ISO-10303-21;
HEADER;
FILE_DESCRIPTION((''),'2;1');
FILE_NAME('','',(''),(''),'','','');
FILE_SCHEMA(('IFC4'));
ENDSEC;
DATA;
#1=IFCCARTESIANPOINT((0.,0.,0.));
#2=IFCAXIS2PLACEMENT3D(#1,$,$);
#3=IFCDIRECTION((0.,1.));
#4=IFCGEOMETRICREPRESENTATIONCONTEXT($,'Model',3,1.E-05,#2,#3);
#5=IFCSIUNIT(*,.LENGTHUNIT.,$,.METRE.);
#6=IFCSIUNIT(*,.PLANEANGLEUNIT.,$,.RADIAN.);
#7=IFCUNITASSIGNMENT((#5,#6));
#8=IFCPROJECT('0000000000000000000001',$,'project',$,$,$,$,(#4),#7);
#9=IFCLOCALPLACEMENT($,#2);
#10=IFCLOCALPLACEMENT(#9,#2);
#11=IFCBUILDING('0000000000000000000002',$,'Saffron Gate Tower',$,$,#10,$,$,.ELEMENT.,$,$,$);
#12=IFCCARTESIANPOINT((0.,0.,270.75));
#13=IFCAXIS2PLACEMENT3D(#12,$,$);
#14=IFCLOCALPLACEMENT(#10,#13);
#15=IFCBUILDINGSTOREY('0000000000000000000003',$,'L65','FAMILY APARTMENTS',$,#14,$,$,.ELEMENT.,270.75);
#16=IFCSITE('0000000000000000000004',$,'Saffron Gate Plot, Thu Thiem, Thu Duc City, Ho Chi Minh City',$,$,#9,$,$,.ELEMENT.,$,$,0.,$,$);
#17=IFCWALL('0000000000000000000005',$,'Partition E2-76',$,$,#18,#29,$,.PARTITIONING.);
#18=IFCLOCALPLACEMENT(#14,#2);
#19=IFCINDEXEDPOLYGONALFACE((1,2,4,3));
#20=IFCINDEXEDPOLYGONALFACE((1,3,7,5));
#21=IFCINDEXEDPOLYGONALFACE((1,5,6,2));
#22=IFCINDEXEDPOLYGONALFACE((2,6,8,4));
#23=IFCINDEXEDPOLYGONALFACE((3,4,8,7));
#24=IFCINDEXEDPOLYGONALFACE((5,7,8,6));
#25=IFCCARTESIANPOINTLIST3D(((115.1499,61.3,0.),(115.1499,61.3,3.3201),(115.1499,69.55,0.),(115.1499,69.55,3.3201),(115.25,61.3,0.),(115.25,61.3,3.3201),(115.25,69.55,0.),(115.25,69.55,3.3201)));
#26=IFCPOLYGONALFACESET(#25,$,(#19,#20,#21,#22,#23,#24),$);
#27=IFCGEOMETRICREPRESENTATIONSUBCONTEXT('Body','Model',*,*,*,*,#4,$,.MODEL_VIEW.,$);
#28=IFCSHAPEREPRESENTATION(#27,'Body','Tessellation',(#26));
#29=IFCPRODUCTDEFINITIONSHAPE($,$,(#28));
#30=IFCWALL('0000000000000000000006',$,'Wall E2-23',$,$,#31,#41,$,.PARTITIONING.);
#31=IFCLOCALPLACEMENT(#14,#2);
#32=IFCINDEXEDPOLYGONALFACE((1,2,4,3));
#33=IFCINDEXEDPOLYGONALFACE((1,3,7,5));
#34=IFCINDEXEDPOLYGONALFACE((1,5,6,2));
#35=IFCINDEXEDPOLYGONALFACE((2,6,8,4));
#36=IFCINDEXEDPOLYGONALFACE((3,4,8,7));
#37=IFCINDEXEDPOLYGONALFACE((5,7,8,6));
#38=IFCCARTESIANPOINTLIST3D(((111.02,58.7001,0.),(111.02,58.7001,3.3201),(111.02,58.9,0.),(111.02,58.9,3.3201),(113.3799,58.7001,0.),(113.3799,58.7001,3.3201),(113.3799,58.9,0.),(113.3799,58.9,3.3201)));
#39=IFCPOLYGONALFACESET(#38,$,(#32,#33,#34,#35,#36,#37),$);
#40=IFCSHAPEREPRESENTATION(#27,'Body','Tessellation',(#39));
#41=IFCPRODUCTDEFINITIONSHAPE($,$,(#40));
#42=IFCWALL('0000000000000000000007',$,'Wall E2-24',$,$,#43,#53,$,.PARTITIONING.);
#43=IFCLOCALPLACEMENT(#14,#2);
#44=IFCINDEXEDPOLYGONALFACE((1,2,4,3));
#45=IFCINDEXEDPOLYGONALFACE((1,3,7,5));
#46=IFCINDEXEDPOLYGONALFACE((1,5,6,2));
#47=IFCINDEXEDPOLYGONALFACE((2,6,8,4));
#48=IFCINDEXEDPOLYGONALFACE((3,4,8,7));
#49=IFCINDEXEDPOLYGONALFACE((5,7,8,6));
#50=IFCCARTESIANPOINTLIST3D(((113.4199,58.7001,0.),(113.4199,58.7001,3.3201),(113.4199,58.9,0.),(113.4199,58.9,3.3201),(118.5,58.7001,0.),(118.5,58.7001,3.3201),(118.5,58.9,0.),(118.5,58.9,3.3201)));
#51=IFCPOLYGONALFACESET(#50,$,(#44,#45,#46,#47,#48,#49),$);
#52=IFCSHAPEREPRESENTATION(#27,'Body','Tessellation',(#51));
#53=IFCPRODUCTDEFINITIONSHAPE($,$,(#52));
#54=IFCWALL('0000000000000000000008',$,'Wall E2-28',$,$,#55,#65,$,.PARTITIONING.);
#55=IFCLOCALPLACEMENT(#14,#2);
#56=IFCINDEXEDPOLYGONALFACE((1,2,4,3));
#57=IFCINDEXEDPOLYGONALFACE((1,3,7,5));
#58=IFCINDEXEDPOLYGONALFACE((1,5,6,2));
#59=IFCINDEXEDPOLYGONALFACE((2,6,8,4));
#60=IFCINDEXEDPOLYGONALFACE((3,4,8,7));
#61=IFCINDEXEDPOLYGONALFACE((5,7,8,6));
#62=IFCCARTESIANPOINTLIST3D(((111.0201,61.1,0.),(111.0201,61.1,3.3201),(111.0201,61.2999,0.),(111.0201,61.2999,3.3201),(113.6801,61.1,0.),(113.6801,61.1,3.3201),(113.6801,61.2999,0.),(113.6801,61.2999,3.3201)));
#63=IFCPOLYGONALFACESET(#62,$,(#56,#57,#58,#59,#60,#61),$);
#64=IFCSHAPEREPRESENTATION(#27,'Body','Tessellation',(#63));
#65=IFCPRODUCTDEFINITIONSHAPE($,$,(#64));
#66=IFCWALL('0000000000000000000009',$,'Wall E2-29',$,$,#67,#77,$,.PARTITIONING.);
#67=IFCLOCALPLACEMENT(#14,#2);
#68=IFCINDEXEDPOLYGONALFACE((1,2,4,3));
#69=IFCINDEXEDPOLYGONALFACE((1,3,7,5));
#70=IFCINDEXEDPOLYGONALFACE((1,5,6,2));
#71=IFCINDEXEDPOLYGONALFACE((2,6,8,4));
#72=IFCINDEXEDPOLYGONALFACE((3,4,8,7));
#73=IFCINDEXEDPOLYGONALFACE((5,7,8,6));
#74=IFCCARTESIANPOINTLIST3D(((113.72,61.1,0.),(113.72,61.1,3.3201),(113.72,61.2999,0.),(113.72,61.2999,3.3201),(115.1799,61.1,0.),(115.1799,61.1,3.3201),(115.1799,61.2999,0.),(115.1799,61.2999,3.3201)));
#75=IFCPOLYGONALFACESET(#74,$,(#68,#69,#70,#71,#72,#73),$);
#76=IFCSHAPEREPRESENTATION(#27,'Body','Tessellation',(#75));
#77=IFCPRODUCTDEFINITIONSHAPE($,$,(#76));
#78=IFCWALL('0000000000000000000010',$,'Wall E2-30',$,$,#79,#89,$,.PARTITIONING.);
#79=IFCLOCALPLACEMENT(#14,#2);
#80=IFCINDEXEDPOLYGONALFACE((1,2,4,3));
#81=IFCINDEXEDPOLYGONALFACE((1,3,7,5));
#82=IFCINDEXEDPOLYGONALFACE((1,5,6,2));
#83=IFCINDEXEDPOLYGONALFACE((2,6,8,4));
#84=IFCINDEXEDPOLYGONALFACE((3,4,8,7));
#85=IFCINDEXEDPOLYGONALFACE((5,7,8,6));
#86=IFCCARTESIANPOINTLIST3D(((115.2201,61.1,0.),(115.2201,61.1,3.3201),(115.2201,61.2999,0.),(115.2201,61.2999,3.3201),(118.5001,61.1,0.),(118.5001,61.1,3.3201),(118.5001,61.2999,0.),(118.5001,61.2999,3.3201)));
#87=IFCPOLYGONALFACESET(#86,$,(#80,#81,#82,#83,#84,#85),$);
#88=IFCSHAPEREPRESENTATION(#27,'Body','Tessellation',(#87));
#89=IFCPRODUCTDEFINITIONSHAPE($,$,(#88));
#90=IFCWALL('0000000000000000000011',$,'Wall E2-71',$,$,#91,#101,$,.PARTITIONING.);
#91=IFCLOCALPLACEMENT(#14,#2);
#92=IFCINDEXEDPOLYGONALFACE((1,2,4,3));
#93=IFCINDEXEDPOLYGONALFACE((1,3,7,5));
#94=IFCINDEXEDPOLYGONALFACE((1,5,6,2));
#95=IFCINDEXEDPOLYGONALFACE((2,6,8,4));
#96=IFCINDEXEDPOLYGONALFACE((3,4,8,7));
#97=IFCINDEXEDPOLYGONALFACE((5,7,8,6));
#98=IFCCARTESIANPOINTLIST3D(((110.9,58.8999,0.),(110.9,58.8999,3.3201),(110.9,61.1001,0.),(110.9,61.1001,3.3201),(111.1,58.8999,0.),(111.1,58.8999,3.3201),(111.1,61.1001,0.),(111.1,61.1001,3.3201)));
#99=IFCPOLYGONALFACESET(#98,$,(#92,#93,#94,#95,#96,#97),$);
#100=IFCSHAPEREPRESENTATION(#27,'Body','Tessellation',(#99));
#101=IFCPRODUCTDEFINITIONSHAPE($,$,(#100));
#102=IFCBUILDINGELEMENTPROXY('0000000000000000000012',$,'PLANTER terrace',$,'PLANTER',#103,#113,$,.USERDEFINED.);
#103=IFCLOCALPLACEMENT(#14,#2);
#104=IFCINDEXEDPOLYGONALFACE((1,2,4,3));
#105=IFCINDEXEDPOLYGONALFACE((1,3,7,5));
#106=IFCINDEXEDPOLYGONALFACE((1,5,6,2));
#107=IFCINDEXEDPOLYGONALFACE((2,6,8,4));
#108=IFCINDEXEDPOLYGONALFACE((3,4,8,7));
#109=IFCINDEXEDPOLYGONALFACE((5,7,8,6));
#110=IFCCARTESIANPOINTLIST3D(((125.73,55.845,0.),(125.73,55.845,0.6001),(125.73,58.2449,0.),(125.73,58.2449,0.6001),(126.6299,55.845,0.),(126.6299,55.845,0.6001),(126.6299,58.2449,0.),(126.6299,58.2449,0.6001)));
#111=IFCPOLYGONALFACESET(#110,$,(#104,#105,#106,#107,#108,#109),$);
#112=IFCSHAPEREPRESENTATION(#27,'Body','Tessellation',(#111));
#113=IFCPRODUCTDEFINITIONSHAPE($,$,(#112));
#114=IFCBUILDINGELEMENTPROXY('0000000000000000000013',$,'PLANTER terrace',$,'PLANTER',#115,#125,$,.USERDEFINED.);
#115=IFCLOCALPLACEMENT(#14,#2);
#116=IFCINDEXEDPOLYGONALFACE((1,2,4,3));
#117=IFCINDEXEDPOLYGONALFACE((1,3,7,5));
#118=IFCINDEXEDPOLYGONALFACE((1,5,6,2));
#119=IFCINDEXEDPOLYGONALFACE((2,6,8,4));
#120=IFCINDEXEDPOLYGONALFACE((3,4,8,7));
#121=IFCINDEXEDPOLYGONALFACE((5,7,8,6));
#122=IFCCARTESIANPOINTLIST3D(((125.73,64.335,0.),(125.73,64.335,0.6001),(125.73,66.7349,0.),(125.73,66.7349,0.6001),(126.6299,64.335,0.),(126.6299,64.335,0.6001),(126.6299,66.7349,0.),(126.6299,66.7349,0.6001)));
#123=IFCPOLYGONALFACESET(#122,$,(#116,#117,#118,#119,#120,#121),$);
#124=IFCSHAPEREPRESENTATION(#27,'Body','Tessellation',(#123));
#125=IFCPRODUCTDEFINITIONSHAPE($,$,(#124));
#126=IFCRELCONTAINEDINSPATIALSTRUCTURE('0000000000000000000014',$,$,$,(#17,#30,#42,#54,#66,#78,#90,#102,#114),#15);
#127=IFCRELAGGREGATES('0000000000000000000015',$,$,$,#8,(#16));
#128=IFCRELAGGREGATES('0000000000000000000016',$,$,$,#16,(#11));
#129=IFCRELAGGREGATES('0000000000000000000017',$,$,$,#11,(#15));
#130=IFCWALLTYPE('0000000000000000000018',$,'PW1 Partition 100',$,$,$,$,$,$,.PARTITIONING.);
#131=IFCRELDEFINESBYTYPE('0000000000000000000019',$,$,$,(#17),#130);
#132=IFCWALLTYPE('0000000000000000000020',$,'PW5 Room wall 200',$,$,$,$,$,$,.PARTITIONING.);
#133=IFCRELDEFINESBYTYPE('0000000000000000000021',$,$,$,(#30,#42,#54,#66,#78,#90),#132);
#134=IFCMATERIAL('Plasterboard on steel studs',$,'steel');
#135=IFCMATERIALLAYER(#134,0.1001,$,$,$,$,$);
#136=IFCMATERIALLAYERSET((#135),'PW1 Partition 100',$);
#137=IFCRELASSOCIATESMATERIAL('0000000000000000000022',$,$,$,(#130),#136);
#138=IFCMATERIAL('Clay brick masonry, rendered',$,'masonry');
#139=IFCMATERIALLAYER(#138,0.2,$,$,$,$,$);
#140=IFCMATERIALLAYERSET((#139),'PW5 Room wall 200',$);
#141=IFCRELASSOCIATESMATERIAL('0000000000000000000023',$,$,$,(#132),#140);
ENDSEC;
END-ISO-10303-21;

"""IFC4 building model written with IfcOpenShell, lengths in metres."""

from ifc_helpers import new_model, si_unit, direction, frame, frame_2d, origin, origin_2d, place, context, subcontext, project, spatial, rectangle, extrude, material, layer, layer_set, type_object, element, save


model = new_model("IFC4")

# Units and contexts
model_context = context("Model", 3, precision=1e-05, world=origin(), true_north=direction((0.0, 1.0)))
body_context = subcontext(model_context, "Body", "Model", "MODEL_VIEW")
ifc_project = project(units=[si_unit("LENGTHUNIT", "METRE"), si_unit("PLANEANGLEUNIT", "RADIAN")], contexts=[model_context])

# Site, building, storey
site_placement = place(None, origin())
site = spatial("IfcSite", under=ifc_project, at=site_placement, Name="Saffron Gate Plot, Thu Thiem, Thu Duc City, Ho Chi Minh City", CompositionType="ELEMENT", RefElevation=0.0)
building_placement = place(site_placement, origin())
building = spatial("IfcBuilding", under=site, at=building_placement, Name="Saffron Gate Tower", CompositionType="ELEMENT")
storey_placement = place(building_placement, frame((0.0, 0.0, 270.75)))
storey = spatial("IfcBuildingStorey", under=building, at=storey_placement, Name="L65", Description="FAMILY APARTMENTS", CompositionType="ELEMENT", Elevation=270.75)

# Shared definitions
ifc_material_1 = material(Name="Plasterboard on steel studs", Category="steel")
ifc_layer_1 = layer(ifc_material_1, 0.1001)
ifc_layer_set_1 = layer_set([ifc_layer_1], Name="PW1 Partition 100")
wall_type_1 = type_object("IfcWallType", Name="PW1 Partition 100", PredefinedType="PARTITIONING", material=ifc_layer_set_1)

# Walls
wall_1_placement = place(storey_placement, frame((115.2, 69.55, 0.0), z_axis=(0.0, 0.0, 1.0), x_axis=(0.0, -1.0, 0.0)))
element("IfcWall", 1, at=wall_1_placement, inside=storey, type_object=wall_type_1, Name="Partition E2-76", PredefinedType="PARTITIONING", context=body_context, shape_type="SweptSolid", body=[
    extrude(rectangle(XDim=8.25, YDim=0.1001, at=frame_2d((4.125, 0.0))), origin(), (0.0, 0.0, 1.0), 3.3201),
])
ifc_material_2 = material(Name="Clay brick masonry, rendered", Category="masonry")
ifc_layer_2 = layer(ifc_material_2, 0.2)
ifc_layer_set_2 = layer_set([ifc_layer_2], Name="PW5 Room wall 200")
wall_type_2 = type_object("IfcWallType", Name="PW5 Room wall 200", PredefinedType="PARTITIONING", material=ifc_layer_set_2)
wall_2_placement = place(storey_placement, frame((111.02, 58.8, 0.0), z_axis=(0.0, 0.0, 1.0), x_axis=(1.0, 0.0, 0.0)))
element("IfcWall", 2, at=wall_2_placement, inside=storey, type_object=wall_type_2, Name="Wall E2-23", PredefinedType="PARTITIONING", context=body_context, shape_type="SweptSolid", body=[
    extrude(rectangle(XDim=2.3599, YDim=0.2, at=frame_2d((1.1799, 0.0))), origin(), (0.0, 0.0, 1.0), 3.3201),
])
wall_3_placement = place(storey_placement, frame((113.4199, 58.8, 0.0), z_axis=(0.0, 0.0, 1.0), x_axis=(1.0, 0.0, 0.0)))
element("IfcWall", 3, at=wall_3_placement, inside=storey, type_object=wall_type_2, Name="Wall E2-24", PredefinedType="PARTITIONING", context=body_context, shape_type="SweptSolid", body=[
    extrude(rectangle(XDim=5.0801, YDim=0.2, at=frame_2d((2.54, 0.0))), origin(), (0.0, 0.0, 1.0), 3.3201),
])
wall_4_placement = place(storey_placement, frame((111.02, 61.2, 0.0), z_axis=(0.0, 0.0, 1.0), x_axis=(1.0, 0.0, 0.0)))
element("IfcWall", 4, at=wall_4_placement, inside=storey, type_object=wall_type_2, Name="Wall E2-28", PredefinedType="PARTITIONING", context=body_context, shape_type="SweptSolid", body=[
    extrude(rectangle(XDim=2.6599, YDim=0.2, at=frame_2d((1.3301, 0.0))), origin(), (0.0, 0.0, 1.0), 3.3201),
])
wall_5_placement = place(storey_placement, frame((113.72, 61.2, 0.0), z_axis=(0.0, 0.0, 1.0), x_axis=(1.0, 0.0, 0.0)))
element("IfcWall", 5, at=wall_5_placement, inside=storey, type_object=wall_type_2, Name="Wall E2-29", PredefinedType="PARTITIONING", context=body_context, shape_type="SweptSolid", body=[
    extrude(rectangle(XDim=1.46, YDim=0.2, at=frame_2d((0.73, 0.0))), origin(), (0.0, 0.0, 1.0), 3.3201),
])
wall_6_placement = place(storey_placement, frame((115.22, 61.2, 0.0), z_axis=(0.0, 0.0, 1.0), x_axis=(1.0, 0.0, 0.0)))
element("IfcWall", 6, at=wall_6_placement, inside=storey, type_object=wall_type_2, Name="Wall E2-30", PredefinedType="PARTITIONING", context=body_context, shape_type="SweptSolid", body=[
    extrude(rectangle(XDim=3.28, YDim=0.2, at=frame_2d((1.6401, 0.0))), origin(), (0.0, 0.0, 1.0), 3.3201),
])
wall_7_placement = place(storey_placement, frame((111.0, 61.1001, 0.0), z_axis=(0.0, 0.0, 1.0), x_axis=(0.0, -1.0, 0.0)))
element("IfcWall", 7, at=wall_7_placement, inside=storey, type_object=wall_type_2, Name="Wall E2-71", PredefinedType="PARTITIONING", context=body_context, shape_type="SweptSolid", body=[
    extrude(rectangle(XDim=2.2002, YDim=0.2, at=frame_2d((1.1001, 0.0))), origin(), (0.0, 0.0, 1.0), 3.3201),
])

# Building element proxies
for number, where, z_axis, x_axis, name in (
    (8, (126.1799, 57.0449, 0.0), (0.0, 0.0, 1.0), (0.0, 1.0, 0.0), "PLANTER terrace"),
    (9, (126.1799, 65.5349, 0.0), (0.0, 0.0, 1.0), (0.0, 1.0, 0.0), "PLANTER terrace"),
):
    element("IfcBuildingElementProxy", number, at=place(storey_placement, frame(where, z_axis=z_axis, x_axis=x_axis)), inside=storey, Name=name, ObjectType="PLANTER", PredefinedType="USERDEFINED", context=body_context, shape_type="SweptSolid", body=[
        extrude(rectangle(XDim=2.3999, YDim=0.8999, at=origin_2d()), origin(), (0.0, 0.0, 1.0), 0.6001),
    ])

save(model, "model.ifc")
